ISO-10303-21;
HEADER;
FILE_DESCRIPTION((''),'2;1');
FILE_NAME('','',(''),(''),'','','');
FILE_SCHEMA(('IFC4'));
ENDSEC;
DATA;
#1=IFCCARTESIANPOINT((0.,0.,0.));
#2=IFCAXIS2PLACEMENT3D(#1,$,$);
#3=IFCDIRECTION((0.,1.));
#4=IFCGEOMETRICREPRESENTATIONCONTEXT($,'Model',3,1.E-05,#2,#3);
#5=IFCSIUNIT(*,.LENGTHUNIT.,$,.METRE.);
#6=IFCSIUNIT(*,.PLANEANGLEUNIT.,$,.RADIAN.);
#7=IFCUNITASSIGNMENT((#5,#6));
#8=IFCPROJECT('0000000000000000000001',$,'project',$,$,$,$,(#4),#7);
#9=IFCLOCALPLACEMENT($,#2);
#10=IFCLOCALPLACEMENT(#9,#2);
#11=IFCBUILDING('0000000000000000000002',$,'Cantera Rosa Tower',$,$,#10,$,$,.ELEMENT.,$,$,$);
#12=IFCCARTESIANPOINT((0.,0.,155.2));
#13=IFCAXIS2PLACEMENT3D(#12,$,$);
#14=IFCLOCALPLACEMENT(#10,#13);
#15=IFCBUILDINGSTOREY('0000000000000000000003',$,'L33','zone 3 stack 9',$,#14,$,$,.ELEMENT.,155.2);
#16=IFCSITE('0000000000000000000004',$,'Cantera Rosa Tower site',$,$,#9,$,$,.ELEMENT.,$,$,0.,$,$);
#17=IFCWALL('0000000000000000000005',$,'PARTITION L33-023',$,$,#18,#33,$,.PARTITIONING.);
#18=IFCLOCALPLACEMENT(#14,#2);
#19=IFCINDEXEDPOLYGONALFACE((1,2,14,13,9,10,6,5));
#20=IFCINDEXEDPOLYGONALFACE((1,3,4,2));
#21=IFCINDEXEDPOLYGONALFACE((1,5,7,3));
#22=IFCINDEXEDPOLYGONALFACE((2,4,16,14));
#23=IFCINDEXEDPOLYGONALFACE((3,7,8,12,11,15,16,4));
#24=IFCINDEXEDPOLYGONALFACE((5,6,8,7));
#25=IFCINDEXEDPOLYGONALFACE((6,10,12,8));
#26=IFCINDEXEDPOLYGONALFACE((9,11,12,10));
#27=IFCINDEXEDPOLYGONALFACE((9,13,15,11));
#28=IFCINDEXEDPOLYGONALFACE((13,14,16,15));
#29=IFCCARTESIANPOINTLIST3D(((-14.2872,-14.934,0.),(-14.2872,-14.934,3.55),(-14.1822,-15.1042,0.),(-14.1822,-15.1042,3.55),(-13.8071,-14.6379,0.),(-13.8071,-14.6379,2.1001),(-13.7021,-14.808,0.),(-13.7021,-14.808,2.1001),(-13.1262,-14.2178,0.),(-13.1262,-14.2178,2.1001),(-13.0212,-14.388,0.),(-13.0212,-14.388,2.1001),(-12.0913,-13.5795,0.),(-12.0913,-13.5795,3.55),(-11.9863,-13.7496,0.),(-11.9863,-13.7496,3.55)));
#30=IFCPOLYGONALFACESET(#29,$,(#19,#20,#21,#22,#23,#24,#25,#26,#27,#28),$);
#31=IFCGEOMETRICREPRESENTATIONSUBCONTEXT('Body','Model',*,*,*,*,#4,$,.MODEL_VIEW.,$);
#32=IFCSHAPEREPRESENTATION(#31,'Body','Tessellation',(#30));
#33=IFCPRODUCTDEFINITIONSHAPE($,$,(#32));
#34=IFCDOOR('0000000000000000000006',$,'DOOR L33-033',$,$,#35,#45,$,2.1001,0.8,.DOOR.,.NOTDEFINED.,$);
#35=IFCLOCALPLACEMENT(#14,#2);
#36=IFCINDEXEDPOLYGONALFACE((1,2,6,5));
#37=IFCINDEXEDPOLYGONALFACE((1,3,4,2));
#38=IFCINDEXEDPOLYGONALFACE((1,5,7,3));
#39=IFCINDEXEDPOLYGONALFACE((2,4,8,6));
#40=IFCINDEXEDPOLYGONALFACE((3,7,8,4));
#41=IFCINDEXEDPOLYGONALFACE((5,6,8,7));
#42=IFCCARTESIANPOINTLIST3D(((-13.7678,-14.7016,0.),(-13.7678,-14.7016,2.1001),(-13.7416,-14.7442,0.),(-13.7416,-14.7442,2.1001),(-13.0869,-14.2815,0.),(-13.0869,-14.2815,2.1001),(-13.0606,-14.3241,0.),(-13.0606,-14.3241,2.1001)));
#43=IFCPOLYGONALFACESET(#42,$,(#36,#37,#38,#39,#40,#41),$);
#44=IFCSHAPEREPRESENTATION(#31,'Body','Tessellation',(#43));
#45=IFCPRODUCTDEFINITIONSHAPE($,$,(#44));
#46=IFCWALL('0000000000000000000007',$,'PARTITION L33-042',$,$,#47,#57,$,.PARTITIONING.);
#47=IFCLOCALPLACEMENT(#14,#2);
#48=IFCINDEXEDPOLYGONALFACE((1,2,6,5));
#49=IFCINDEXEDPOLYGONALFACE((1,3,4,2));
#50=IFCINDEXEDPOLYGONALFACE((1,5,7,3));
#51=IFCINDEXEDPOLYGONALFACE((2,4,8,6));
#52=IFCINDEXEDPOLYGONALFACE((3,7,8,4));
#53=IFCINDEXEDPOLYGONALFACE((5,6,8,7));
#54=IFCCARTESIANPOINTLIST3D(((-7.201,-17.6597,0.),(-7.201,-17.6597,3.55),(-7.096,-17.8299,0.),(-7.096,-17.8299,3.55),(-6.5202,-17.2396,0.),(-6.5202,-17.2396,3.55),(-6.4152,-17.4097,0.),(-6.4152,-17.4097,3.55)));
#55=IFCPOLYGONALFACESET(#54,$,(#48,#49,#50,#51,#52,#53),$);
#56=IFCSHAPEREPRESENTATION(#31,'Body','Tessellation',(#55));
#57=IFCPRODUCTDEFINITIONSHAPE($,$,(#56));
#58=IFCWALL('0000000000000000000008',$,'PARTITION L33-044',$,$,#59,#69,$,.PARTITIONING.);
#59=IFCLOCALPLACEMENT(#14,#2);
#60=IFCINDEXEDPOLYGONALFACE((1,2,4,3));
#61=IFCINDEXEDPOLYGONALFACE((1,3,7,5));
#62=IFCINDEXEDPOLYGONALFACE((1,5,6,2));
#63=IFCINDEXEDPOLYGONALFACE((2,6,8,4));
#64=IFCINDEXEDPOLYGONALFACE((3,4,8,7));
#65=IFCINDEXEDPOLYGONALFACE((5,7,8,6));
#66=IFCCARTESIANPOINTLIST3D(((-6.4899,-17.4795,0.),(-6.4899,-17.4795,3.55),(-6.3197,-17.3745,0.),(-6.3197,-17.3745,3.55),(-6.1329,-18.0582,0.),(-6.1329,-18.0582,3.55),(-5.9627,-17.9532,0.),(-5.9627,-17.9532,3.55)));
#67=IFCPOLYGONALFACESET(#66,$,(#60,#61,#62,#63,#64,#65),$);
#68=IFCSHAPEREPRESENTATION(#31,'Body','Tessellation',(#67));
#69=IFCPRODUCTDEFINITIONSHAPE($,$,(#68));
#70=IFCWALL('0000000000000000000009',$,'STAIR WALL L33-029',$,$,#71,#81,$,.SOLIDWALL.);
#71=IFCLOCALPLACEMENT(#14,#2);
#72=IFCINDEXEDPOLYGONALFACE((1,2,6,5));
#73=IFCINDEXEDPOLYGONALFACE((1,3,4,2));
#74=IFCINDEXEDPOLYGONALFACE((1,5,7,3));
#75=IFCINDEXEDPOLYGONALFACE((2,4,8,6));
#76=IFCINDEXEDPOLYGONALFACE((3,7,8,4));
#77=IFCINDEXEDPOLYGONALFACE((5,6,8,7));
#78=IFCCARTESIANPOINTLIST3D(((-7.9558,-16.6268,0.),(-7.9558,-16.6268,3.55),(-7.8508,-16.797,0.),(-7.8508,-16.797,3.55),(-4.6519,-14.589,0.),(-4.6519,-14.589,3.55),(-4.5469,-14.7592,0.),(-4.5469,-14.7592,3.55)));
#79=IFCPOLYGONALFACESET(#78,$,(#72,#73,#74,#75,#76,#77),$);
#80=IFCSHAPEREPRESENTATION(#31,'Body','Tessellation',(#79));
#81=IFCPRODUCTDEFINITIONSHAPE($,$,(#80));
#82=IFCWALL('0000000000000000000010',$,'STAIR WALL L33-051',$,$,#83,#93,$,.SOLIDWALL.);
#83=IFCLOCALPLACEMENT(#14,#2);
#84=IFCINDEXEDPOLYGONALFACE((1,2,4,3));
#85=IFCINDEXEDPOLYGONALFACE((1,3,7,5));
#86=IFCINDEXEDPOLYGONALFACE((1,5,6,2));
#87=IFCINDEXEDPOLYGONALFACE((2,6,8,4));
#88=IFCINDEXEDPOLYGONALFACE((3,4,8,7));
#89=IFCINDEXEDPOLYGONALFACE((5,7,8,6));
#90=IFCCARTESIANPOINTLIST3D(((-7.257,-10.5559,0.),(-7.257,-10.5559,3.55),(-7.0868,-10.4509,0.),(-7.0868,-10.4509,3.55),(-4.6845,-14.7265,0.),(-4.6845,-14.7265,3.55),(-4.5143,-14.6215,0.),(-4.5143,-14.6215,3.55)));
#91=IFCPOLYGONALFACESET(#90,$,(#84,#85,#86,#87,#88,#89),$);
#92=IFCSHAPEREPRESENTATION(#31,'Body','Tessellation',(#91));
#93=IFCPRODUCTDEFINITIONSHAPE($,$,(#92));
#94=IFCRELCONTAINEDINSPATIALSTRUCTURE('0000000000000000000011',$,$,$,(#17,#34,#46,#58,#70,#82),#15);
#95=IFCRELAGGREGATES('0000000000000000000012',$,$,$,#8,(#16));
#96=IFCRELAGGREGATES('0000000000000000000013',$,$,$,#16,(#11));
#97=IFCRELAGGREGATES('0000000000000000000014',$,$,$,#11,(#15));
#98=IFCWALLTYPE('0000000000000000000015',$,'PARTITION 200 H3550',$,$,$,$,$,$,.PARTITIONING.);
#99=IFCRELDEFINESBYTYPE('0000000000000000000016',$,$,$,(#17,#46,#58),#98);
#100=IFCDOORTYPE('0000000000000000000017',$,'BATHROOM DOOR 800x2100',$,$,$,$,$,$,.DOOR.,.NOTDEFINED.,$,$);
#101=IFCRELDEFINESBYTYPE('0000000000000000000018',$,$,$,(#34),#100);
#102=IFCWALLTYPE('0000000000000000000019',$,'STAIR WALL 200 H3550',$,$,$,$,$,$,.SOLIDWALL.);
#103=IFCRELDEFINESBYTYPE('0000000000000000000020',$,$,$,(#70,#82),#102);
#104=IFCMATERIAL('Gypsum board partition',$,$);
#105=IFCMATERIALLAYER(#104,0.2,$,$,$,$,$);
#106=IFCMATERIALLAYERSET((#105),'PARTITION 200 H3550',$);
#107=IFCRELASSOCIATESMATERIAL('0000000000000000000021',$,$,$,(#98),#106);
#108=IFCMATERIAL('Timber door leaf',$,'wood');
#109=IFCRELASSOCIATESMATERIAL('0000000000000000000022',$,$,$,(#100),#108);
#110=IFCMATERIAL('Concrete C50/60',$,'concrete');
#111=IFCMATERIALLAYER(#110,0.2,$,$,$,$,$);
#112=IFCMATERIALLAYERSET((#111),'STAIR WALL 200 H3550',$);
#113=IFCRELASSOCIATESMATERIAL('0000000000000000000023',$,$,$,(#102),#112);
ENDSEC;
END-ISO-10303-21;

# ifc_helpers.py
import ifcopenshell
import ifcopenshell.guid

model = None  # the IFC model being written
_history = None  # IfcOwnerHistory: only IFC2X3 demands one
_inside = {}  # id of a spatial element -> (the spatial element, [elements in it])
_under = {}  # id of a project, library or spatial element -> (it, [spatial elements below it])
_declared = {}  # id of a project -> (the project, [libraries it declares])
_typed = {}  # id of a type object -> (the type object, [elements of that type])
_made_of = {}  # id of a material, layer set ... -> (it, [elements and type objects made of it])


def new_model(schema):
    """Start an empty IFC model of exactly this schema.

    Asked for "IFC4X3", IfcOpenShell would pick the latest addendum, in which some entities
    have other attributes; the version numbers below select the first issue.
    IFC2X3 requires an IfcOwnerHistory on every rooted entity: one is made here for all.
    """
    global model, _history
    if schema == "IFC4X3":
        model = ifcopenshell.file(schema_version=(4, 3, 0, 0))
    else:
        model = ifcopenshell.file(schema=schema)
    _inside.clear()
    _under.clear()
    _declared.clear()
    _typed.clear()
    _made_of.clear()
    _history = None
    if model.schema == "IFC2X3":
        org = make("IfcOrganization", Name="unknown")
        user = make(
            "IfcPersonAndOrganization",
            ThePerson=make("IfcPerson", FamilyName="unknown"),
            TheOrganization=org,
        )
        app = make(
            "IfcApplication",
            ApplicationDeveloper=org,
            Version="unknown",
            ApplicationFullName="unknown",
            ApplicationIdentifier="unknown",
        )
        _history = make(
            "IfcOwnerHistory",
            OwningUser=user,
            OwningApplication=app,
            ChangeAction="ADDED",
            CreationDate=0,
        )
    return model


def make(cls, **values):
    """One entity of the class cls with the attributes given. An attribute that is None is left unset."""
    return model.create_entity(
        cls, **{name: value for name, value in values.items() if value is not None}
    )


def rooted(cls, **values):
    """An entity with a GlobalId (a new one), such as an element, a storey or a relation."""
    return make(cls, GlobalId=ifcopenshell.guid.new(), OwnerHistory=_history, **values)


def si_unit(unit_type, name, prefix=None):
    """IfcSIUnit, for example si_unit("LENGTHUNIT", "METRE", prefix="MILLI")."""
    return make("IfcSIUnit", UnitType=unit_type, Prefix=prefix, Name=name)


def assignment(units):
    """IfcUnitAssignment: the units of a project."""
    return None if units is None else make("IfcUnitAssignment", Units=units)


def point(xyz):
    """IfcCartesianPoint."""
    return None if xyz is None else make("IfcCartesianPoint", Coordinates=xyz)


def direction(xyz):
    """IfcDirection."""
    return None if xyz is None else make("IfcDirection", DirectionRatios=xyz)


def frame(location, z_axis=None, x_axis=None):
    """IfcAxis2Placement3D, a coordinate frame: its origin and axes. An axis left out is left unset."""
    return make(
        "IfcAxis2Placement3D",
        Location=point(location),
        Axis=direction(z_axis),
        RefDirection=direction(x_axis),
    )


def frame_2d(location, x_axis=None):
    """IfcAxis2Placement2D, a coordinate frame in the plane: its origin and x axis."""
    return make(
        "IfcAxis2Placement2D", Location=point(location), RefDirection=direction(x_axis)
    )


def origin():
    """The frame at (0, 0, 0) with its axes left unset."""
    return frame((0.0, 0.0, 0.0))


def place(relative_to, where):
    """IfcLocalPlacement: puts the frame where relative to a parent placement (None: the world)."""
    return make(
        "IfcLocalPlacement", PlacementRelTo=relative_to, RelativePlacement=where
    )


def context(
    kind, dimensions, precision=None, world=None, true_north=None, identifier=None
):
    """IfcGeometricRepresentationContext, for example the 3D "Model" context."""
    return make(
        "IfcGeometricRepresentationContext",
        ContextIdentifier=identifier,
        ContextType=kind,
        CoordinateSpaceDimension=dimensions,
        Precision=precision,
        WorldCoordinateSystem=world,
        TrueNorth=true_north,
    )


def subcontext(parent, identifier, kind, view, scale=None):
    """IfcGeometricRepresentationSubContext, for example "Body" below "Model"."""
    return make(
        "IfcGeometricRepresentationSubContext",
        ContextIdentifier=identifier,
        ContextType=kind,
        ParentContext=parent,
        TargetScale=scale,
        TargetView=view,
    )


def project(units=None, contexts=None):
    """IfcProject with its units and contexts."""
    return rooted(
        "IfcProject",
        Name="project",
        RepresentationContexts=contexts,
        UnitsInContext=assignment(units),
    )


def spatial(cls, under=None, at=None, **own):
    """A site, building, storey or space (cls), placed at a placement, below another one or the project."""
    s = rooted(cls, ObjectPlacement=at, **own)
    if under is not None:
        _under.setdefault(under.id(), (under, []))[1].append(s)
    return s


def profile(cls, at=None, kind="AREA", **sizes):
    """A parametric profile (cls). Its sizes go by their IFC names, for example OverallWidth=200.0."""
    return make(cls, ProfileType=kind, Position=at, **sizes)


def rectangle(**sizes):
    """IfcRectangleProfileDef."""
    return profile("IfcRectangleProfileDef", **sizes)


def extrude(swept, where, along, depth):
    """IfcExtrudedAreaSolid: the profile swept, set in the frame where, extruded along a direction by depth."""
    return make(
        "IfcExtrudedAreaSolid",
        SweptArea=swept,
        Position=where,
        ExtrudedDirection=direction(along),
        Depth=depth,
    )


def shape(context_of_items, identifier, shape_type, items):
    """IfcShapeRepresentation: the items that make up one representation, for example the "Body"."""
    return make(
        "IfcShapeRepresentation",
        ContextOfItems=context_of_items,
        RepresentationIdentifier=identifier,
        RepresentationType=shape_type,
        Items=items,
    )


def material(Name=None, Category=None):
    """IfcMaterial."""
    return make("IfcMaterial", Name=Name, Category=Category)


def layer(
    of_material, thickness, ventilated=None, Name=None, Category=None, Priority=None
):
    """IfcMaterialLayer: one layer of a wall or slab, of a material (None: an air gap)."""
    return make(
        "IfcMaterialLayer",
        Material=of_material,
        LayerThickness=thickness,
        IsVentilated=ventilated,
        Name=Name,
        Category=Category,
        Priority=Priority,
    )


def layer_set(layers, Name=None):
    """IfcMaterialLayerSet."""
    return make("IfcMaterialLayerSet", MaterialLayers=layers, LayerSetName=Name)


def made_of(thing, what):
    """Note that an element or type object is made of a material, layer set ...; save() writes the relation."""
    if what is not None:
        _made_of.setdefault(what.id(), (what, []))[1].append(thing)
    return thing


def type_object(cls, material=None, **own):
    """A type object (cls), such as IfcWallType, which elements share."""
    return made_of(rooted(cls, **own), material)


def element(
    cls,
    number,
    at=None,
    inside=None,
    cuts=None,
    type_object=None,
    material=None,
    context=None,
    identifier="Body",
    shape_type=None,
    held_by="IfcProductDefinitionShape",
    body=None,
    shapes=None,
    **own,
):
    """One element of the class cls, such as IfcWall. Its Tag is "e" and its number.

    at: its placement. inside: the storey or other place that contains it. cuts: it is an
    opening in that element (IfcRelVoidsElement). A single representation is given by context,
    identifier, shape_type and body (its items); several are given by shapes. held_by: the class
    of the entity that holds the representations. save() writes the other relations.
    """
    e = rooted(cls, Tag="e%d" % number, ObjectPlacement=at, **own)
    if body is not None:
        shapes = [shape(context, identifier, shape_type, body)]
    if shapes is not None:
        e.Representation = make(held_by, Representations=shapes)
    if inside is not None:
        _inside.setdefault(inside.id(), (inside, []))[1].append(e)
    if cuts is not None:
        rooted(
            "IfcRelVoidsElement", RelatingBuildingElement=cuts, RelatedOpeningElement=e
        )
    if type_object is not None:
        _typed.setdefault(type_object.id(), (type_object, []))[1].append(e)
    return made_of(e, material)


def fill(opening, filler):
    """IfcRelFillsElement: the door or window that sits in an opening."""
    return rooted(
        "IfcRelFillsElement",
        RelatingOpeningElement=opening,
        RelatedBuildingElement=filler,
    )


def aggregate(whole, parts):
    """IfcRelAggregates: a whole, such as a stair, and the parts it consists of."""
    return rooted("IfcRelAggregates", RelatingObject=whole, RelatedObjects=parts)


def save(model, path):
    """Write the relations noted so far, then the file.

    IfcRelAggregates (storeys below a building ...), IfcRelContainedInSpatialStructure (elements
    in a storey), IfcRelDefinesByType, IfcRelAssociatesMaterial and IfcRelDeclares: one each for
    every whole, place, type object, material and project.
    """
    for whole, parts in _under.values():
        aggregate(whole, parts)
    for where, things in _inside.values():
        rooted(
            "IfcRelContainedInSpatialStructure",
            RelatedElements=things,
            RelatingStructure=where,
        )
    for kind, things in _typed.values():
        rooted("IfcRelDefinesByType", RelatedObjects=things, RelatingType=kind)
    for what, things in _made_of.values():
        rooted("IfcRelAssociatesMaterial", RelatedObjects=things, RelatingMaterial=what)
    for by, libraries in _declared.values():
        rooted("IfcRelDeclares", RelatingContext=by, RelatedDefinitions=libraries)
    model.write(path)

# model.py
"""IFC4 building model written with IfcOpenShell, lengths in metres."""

from ifc_helpers import new_model, si_unit, direction, frame, frame_2d, origin, place, context, subcontext, project, spatial, rectangle, extrude, material, layer, layer_set, type_object, element, fill, save


model = new_model("IFC4")

# Units and contexts
model_context = context("Model", 3, precision=1e-05, world=origin(), true_north=direction((0.0, 1.0)))
body_context = subcontext(model_context, "Body", "Model", "MODEL_VIEW")
ifc_project = project(units=[si_unit("LENGTHUNIT", "METRE"), si_unit("PLANEANGLEUNIT", "RADIAN")], contexts=[model_context])

# Site, building, storey
site_placement = place(None, origin())
site = spatial("IfcSite", under=ifc_project, at=site_placement, Name="Cantera Rosa Tower site", CompositionType="ELEMENT", RefElevation=0.0)
building_placement = place(site_placement, origin())
building = spatial("IfcBuilding", under=site, at=building_placement, Name="Cantera Rosa Tower", CompositionType="ELEMENT")
storey_placement = place(building_placement, frame((0.0, 0.0, 155.2)))
storey = spatial("IfcBuildingStorey", under=building, at=storey_placement, Name="L33", Description="zone 3 stack 9", CompositionType="ELEMENT", Elevation=155.2)

# Shared definitions
ifc_material_1 = material(Name="Gypsum board partition")
ifc_layer_1 = layer(ifc_material_1, 0.2)
ifc_layer_set_1 = layer_set([ifc_layer_1], Name="PARTITION 200 H3550")
wall_type_1 = type_object("IfcWallType", Name="PARTITION 200 H3550", PredefinedType="PARTITIONING", material=ifc_layer_set_1)

# Wall, opening, door
wall_1_placement = place(storey_placement, frame((-12.0388, -13.6646, 0.0), z_axis=(0.0, 0.0, 1.0), x_axis=(-0.851099, -0.525005, 0.0)))
wall_1 = element("IfcWall", 1, at=wall_1_placement, inside=storey, type_object=wall_type_1, Name="PARTITION L33-023", PredefinedType="PARTITIONING", context=body_context, shape_type="SweptSolid", body=[
    extrude(rectangle(XDim=2.5801, YDim=0.2, at=frame_2d((1.29, 0.0))), origin(), (0.0, 0.0, 1.0), 3.55),
])
opening_1_placement = place(wall_1_placement, frame((1.2161, 0.0, 0.0)))
opening_1 = element("IfcOpeningElement", 2, at=opening_1_placement, cuts=wall_1, PredefinedType="OPENING", context=body_context, shape_type="SweptSolid", body=[
    extrude(rectangle(XDim=0.8, YDim=2.1001, at=frame_2d((0.3999, 1.05))), frame((0.0, 0.1099, 0.0), z_axis=(0.0, -1.0, 0.0), x_axis=(1.0, 0.0, 0.0)), (0.0, 0.0, 1.0), 0.22),
])
ifc_material_2 = material(Name="Timber door leaf", Category="wood")
door_type_1 = type_object("IfcDoorType", Name="BATHROOM DOOR 800x2100", OperationType="NOTDEFINED", PredefinedType="DOOR", material=ifc_material_2)
door_1_placement = place(opening_1_placement, origin())
door_1 = element("IfcDoor", 3, at=door_1_placement, inside=storey, type_object=door_type_1, Name="DOOR L33-033", OperationType="NOTDEFINED", OverallHeight=2.1001, OverallWidth=0.8, PredefinedType="DOOR", context=body_context, shape_type="SweptSolid", body=[
    extrude(rectangle(XDim=0.8, YDim=2.1001, at=frame_2d((0.3999, 1.05))), frame((0.0, 0.0249, 0.0), z_axis=(0.0, -1.0, 0.0), x_axis=(1.0, 0.0, 0.0)), (0.0, 0.0, 1.0), 0.05),
])
fill(opening_1, door_1)

# Walls
wall_2_placement = place(storey_placement, frame((-6.4678, -17.3247, 0.0), z_axis=(0.0, 0.0, 1.0), x_axis=(-0.851019, -0.525136, 0.0)))
element("IfcWall", 4, at=wall_2_placement, inside=storey, type_object=wall_type_1, Name="PARTITION L33-042", PredefinedType="PARTITIONING", context=body_context, shape_type="SweptSolid", body=[
    extrude(rectangle(XDim=0.8, YDim=0.2, at=frame_2d((0.3999, 0.0))), origin(), (0.0, 0.0, 1.0), 3.55),
])
wall_3_placement = place(storey_placement, frame((-6.0479, -18.0056, 0.0), z_axis=(0.0, 0.0, 1.0), x_axis=(-0.525019, 0.851091, 0.0)))
element("IfcWall", 5, at=wall_3_placement, inside=storey, type_object=wall_type_1, Name="PARTITION L33-044", PredefinedType="PARTITIONING", context=body_context, shape_type="SweptSolid", body=[
    extrude(rectangle(XDim=0.6799, YDim=0.2, at=frame_2d((0.3398, 0.0))), origin(), (0.0, 0.0, 1.0), 3.55),
])
ifc_material_3 = material(Name="Concrete C50/60", Category="concrete")
ifc_layer_2 = layer(ifc_material_3, 0.2)
ifc_layer_set_2 = layer_set([ifc_layer_2], Name="STAIR WALL 200 H3550")
wall_type_2 = type_object("IfcWallType", Name="STAIR WALL 200 H3550", PredefinedType="SOLIDWALL", material=ifc_layer_set_2)
wall_4_placement = place(storey_placement, frame((-7.9033, -16.7119, 0.0), z_axis=(0.0, 0.0, 1.0), x_axis=(0.851125, 0.524964, 0.0)))
element("IfcWall", 6, at=wall_4_placement, inside=storey, type_object=wall_type_2, Name="STAIR WALL L33-029", PredefinedType="SOLIDWALL", context=body_context, shape_type="SweptSolid", body=[
    extrude(rectangle(XDim=3.8818, YDim=0.2, at=frame_2d((1.9409, 0.0))), origin(), (0.0, 0.0, 1.0), 3.55),
])
wall_5_placement = place(storey_placement, frame((-4.5994, -14.6741, 0.0), z_axis=(0.0, 0.0, 1.0), x_axis=(-0.524978, 0.851116, 0.0)))
element("IfcWall", 7, at=wall_5_placement, inside=storey, type_object=wall_type_2, Name="STAIR WALL L33-051", PredefinedType="SOLIDWALL", context=body_context, shape_type="SweptSolid", body=[
    extrude(rectangle(XDim=4.9001, YDim=0.2, at=frame_2d((2.4502, 0.0))), origin(), (0.0, 0.0, 1.0), 3.55),
])

save(model, "model.ifc")
